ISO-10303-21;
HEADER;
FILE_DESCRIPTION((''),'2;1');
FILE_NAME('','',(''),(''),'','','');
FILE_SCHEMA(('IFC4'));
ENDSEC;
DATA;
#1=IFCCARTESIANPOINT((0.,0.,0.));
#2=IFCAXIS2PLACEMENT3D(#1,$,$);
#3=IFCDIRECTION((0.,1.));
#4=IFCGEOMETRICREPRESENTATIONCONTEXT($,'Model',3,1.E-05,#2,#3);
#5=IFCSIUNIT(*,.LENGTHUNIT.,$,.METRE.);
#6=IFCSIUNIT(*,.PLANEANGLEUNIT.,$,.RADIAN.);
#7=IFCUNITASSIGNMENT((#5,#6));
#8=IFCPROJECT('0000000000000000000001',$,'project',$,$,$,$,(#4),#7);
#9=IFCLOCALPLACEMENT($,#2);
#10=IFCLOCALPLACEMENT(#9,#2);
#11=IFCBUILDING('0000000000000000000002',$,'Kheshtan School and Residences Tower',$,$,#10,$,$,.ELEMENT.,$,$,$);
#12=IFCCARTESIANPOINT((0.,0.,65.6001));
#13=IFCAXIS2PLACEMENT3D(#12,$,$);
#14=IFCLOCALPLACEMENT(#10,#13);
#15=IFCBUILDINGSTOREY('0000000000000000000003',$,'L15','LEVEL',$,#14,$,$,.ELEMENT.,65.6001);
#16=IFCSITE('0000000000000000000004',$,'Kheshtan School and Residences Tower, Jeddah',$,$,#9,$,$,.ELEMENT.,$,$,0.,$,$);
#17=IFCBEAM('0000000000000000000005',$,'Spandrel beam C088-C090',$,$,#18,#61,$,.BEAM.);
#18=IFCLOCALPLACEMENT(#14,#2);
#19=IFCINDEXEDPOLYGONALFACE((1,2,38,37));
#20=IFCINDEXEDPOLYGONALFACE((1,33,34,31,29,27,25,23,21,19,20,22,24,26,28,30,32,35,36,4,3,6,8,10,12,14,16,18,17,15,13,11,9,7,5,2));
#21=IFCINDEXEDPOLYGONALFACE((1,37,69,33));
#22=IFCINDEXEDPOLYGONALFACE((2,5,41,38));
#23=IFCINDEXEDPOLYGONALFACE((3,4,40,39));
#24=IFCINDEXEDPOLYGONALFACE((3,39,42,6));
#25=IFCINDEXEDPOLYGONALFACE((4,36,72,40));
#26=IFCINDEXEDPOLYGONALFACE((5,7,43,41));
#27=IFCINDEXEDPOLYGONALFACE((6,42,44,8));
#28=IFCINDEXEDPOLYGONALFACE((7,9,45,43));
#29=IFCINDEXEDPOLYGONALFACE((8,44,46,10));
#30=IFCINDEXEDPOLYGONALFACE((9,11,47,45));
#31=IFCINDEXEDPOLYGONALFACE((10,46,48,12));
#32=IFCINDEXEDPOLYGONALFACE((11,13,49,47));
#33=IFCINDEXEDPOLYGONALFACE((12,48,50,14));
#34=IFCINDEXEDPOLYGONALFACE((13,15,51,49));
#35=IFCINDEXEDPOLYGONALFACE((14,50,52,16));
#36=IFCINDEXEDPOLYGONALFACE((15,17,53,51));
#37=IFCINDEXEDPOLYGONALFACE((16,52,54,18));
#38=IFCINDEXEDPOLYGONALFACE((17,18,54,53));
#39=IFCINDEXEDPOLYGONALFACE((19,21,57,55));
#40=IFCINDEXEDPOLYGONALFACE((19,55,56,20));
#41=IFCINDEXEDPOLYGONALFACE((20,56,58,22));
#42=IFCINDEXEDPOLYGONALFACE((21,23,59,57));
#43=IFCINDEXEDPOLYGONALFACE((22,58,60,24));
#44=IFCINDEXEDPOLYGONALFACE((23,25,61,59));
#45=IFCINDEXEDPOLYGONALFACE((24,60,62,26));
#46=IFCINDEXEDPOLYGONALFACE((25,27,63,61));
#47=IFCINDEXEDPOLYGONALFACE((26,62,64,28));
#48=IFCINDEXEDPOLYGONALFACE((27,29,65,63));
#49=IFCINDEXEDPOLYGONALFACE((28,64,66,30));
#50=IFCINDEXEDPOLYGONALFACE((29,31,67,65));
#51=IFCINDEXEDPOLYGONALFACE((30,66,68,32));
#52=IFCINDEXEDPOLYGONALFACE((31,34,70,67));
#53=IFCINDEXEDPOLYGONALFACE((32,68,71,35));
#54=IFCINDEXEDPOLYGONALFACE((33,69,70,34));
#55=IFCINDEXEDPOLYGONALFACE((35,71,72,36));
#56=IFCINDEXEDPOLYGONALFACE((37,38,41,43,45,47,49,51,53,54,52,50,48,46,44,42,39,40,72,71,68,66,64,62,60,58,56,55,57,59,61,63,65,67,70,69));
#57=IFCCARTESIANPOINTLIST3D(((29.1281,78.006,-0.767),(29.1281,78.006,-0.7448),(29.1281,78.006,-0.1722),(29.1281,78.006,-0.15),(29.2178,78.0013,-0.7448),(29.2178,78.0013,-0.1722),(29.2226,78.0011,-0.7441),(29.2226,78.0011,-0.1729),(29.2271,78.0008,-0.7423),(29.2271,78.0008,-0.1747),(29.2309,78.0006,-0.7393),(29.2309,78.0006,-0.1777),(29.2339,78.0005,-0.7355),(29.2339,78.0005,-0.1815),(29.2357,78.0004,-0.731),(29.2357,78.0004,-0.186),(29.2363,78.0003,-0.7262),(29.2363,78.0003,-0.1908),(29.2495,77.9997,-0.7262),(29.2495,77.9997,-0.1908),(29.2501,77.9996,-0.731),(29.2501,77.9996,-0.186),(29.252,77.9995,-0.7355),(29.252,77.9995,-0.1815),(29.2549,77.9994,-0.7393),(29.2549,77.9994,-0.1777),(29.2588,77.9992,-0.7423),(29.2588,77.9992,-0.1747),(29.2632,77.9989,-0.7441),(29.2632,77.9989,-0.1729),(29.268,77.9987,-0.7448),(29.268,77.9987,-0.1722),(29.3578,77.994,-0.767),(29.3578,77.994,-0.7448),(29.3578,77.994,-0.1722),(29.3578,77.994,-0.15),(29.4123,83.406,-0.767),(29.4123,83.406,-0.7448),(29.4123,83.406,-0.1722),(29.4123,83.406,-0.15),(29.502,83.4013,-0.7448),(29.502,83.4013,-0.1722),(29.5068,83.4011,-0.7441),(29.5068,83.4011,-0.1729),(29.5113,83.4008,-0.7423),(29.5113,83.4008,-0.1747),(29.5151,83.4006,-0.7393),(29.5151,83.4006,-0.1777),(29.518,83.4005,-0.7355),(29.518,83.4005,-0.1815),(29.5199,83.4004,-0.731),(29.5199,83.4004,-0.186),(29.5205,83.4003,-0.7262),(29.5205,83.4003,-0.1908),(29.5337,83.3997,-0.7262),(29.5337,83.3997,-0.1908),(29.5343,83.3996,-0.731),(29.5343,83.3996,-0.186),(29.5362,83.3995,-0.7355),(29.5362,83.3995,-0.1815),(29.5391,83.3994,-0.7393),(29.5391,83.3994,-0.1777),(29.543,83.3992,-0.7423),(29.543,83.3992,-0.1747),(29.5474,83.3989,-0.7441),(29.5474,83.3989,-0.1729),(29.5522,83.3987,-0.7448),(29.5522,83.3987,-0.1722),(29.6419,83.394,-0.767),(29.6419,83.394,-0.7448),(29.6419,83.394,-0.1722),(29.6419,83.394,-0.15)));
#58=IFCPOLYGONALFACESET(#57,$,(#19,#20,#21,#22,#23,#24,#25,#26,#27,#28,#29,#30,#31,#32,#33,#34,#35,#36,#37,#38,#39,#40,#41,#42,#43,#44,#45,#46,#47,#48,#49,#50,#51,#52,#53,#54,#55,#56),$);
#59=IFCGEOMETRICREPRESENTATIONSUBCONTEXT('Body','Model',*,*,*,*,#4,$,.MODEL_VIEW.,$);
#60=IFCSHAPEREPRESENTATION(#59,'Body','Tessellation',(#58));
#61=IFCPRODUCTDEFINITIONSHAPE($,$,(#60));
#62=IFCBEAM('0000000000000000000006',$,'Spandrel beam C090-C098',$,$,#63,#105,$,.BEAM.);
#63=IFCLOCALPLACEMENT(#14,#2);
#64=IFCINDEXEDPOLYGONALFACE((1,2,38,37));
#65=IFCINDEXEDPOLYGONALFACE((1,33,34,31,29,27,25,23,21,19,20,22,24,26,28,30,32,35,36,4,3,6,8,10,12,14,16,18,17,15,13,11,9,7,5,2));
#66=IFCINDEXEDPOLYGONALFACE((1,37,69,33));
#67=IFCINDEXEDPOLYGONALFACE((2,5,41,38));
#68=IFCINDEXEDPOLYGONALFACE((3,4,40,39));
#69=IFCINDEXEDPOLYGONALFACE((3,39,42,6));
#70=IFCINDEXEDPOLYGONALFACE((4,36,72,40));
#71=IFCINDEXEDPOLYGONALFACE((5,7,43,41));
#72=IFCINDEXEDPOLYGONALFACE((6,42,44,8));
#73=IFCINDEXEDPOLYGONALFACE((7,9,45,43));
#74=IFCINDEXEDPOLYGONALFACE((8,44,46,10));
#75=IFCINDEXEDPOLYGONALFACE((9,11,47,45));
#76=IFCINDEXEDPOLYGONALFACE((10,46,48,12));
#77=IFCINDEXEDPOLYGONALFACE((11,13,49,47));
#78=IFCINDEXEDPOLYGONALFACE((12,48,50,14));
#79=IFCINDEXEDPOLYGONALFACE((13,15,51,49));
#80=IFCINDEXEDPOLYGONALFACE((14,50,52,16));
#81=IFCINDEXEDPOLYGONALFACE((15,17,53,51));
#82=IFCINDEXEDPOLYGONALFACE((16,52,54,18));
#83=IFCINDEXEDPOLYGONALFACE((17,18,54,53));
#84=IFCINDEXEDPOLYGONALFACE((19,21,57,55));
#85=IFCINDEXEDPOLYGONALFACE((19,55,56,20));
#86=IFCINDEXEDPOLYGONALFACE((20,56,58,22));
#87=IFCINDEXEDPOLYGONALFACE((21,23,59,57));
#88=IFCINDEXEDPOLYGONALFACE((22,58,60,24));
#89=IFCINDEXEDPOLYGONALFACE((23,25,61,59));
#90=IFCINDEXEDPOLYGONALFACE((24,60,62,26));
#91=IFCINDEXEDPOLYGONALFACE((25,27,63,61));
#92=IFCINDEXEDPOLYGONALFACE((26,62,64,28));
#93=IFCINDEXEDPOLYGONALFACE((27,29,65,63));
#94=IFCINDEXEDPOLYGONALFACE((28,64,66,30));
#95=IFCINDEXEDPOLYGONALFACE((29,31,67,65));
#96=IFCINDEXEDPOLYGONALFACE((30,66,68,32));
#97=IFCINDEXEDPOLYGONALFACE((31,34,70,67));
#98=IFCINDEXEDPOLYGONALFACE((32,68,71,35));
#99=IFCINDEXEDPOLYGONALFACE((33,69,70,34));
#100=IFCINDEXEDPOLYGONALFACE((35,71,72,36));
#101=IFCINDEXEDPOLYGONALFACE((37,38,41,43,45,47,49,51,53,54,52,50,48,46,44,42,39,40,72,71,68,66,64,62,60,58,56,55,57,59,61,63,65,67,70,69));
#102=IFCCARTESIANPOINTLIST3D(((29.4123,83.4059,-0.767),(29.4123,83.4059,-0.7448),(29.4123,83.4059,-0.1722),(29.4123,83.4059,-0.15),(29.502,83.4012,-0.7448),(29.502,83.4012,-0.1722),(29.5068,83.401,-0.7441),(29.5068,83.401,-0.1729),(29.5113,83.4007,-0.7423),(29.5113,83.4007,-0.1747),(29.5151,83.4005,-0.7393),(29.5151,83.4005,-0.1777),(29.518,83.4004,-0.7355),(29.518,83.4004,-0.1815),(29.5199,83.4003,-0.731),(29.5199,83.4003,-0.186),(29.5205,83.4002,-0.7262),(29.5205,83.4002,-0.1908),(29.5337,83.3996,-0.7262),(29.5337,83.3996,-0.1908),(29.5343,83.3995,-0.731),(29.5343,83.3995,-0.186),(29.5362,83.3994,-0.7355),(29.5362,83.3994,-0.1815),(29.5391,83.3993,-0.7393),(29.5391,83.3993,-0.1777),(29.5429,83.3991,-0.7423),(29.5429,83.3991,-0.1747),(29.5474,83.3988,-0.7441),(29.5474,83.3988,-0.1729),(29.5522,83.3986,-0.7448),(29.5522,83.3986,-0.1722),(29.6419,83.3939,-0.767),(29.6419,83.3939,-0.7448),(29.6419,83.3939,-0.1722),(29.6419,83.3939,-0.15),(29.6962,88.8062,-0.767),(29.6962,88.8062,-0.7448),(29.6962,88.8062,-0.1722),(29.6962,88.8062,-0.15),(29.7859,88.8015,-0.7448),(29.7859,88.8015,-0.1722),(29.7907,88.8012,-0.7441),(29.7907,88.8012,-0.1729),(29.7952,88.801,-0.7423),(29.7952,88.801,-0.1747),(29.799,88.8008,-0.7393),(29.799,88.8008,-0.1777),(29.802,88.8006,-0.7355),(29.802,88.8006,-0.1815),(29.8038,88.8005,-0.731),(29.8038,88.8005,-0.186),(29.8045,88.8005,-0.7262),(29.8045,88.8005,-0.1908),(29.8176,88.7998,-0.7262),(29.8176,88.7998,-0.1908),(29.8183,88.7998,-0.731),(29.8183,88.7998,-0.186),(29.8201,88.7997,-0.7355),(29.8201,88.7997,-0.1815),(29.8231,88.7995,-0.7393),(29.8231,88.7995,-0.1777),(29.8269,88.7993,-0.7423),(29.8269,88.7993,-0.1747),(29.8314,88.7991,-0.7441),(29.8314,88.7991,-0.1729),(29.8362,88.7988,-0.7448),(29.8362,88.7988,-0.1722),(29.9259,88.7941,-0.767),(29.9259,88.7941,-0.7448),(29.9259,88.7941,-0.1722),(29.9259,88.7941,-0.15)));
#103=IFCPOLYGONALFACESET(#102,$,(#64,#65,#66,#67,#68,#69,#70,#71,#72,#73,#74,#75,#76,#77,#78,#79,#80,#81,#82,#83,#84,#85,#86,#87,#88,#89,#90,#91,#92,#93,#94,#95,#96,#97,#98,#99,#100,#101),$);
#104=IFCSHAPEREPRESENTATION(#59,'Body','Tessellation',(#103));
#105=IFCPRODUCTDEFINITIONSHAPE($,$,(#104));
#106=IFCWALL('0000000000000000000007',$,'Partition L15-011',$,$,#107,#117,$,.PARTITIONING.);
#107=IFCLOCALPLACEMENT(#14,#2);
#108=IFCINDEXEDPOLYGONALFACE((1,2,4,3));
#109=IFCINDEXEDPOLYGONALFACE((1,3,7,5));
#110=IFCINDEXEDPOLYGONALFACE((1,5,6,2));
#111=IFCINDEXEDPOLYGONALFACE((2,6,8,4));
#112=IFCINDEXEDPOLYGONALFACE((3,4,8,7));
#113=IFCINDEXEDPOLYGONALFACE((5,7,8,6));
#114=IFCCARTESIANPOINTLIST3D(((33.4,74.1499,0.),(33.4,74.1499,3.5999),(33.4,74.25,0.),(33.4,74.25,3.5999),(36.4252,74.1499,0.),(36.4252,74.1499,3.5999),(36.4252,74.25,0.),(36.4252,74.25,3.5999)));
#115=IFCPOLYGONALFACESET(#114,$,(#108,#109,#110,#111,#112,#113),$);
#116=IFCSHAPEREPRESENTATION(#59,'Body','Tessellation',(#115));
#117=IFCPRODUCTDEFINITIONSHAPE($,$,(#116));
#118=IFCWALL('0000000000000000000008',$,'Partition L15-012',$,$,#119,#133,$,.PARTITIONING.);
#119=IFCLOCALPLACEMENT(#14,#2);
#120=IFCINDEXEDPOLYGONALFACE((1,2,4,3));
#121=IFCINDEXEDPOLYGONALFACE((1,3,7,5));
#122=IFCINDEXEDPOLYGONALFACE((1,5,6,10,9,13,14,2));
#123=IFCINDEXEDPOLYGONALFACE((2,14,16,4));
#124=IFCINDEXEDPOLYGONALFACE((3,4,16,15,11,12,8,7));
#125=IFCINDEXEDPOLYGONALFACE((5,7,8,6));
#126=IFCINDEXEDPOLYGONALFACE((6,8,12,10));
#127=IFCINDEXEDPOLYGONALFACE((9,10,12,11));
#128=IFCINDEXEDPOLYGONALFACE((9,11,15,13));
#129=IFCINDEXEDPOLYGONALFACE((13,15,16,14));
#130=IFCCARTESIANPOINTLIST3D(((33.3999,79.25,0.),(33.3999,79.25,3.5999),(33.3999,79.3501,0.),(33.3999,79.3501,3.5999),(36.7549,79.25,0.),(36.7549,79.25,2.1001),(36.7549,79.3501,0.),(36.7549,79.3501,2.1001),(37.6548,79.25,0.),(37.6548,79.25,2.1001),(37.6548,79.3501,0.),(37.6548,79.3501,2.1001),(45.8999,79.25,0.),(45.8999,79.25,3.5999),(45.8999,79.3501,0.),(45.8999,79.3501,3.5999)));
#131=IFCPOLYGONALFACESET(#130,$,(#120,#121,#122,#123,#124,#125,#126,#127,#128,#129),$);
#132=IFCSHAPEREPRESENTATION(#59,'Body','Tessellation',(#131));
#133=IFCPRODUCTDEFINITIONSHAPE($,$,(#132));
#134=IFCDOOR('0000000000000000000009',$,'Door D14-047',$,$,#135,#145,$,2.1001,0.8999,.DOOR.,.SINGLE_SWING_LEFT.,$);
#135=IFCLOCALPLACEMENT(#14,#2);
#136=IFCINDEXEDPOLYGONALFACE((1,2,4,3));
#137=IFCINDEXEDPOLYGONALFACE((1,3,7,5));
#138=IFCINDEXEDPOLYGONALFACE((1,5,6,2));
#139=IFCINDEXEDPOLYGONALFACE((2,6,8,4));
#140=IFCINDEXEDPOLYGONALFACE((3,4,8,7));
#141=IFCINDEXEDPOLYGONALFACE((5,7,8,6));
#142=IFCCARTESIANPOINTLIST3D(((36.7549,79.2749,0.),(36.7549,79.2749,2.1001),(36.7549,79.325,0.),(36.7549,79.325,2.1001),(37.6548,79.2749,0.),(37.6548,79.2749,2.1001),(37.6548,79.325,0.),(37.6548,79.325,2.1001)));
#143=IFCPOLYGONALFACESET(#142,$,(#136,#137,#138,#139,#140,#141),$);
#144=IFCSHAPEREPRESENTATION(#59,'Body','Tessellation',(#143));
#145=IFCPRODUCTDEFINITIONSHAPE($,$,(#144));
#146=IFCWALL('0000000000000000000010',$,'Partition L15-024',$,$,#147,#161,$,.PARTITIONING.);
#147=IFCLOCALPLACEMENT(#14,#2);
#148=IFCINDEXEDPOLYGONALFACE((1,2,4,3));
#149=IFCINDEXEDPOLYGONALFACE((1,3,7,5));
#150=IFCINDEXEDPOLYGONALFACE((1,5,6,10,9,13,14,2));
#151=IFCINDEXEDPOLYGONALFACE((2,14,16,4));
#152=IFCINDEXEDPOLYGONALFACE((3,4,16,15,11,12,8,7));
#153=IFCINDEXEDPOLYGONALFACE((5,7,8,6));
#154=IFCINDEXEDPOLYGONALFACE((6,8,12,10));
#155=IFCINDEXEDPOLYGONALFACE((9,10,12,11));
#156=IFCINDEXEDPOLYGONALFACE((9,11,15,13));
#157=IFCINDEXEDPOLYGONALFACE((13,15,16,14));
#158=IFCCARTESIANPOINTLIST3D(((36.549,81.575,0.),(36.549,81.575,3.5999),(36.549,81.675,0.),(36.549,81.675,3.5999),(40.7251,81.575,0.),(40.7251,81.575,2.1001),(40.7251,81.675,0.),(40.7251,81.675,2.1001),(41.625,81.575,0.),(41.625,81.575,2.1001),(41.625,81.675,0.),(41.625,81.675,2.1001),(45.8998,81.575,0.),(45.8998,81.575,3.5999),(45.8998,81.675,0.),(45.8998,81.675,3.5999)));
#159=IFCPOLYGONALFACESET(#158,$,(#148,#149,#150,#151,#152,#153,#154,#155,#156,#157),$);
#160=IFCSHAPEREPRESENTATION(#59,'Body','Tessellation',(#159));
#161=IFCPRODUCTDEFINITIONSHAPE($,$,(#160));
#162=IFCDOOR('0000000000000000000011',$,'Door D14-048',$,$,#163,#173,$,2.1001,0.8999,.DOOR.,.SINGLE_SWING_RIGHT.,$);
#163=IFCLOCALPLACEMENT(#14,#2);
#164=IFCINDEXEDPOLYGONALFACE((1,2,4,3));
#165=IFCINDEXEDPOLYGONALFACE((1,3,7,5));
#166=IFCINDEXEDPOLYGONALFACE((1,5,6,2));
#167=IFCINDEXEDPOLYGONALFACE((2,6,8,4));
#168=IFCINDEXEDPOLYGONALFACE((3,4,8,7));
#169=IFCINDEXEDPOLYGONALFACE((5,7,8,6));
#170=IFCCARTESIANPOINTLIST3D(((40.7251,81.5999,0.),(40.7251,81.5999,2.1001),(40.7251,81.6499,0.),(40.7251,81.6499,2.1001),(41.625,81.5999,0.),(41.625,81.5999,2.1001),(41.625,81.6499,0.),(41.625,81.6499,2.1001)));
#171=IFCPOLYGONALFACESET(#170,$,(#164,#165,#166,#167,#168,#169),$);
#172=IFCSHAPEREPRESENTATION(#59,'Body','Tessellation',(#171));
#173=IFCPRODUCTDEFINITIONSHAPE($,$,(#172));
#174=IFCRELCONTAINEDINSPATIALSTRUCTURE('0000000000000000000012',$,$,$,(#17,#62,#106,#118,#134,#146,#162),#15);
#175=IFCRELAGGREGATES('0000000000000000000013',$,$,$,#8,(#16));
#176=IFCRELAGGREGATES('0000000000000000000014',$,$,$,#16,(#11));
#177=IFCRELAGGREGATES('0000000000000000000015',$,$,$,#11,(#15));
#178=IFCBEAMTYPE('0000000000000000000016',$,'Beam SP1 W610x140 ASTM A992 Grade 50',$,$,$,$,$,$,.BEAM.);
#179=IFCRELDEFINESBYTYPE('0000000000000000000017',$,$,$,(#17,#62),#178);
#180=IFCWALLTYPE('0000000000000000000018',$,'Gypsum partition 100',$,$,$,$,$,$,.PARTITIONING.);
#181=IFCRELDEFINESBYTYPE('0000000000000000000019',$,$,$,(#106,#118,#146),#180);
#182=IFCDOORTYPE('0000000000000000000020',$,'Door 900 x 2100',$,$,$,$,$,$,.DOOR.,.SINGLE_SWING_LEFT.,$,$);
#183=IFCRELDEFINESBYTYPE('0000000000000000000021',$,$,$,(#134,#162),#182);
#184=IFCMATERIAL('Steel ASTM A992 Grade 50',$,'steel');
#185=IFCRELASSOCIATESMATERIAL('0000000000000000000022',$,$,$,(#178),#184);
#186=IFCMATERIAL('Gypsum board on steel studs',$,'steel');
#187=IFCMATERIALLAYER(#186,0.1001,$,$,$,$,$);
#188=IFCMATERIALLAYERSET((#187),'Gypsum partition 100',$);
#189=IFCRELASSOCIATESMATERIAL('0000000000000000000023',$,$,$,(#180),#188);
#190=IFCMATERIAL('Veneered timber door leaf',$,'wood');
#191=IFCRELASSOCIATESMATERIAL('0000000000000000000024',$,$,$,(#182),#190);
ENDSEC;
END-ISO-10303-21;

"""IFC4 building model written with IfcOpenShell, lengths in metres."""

from ifc_helpers import new_model, si_unit, direction, frame, frame_2d, origin, origin_2d, place, context, subcontext, project, spatial, rectangle, i_section, extrude, source, transform, mapped, material, layer, layer_set, material_profile, profile_set, type_object, element, fill, save


model = new_model("IFC4")

# Units and contexts
model_context = context("Model", 3, precision=1e-05, world=origin(), true_north=direction((0.0, 1.0)))
body_context = subcontext(model_context, "Body", "Model", "MODEL_VIEW")
ifc_project = project(units=[si_unit("LENGTHUNIT", "METRE"), si_unit("PLANEANGLEUNIT", "RADIAN")], contexts=[model_context])

# Site, building, storey
site_placement = place(None, origin())
site = spatial("IfcSite", under=ifc_project, at=site_placement, Name="Kheshtan School and Residences Tower, Jeddah", CompositionType="ELEMENT", RefElevation=0.0)
building_placement = place(site_placement, origin())
building = spatial("IfcBuilding", under=site, at=building_placement, Name="Kheshtan School and Residences Tower", CompositionType="ELEMENT")
storey_placement = place(building_placement, frame((0.0, 0.0, 65.6001)))
storey = spatial("IfcBuildingStorey", under=building, at=storey_placement, Name="L15", Description="LEVEL", CompositionType="ELEMENT", Elevation=65.6001)

# Shared definitions
ifc_material_1 = material(Name="Steel ASTM A992 Grade 50", Category="steel")

# Beams
ifc_material_profile_1 = material_profile(ifc_material_1, i_section(OverallWidth=0.23, OverallDepth=0.6169, WebThickness=0.0132, FlangeThickness=0.0222, FilletRadius=0.0186, at=origin_2d()), Name="W610x140")
ifc_profile_set_1 = profile_set([ifc_material_profile_1], Name="Steel ASTM A992 Grade 50")
beam_type_1 = type_object("IfcBeamType", Name="Beam SP1 W610x140 ASTM A992 Grade 50", PredefinedType="BEAM", material=ifc_profile_set_1)
for number, where, z_axis, x_axis, name in (
    (1, (29.2429, 78.0, -0.4585), (0.052554, 0.998618, 0.0), (-0.998618, 0.052554, 0.0), "Spandrel beam C088-C090"),
):
    element("IfcBeam", number, at=place(storey_placement, frame(where, z_axis=z_axis, x_axis=x_axis)), inside=storey, type_object=beam_type_1, Name=name, PredefinedType="BEAM", context=body_context, shape_type="SweptSolid", body=[
        extrude(i_section(OverallWidth=0.23, OverallDepth=0.6169, WebThickness=0.0132, FlangeThickness=0.0222, FilletRadius=0.0186, at=origin_2d()), origin(), (0.0, 0.0, 1.0), 5.4075),
    ])
beam_1_placement = place(storey_placement, frame((29.5271, 83.3999, -0.4585), z_axis=(0.052507, 0.998621, 0.0), x_axis=(-0.998621, 0.052507, 0.0)))
element("IfcBeam", 2, at=beam_1_placement, inside=storey, type_object=beam_type_1, Name="Spandrel beam C090-C098", PredefinedType="BEAM", context=body_context, shape_type="SweptSolid", body=[
    extrude(i_section(OverallWidth=0.23, OverallDepth=0.6169, WebThickness=0.0132, FlangeThickness=0.0222, FilletRadius=0.0186, at=origin_2d()), origin(), (0.0, 0.0, 1.0), 5.4077),
])

# Wall
ifc_material_2 = material(Name="Gypsum board on steel studs", Category="steel")
ifc_layer_1 = layer(ifc_material_2, 0.1001)
ifc_layer_set_1 = layer_set([ifc_layer_1], Name="Gypsum partition 100")
wall_type_1 = type_object("IfcWallType", Name="Gypsum partition 100", PredefinedType="PARTITIONING", material=ifc_layer_set_1)
wall_1_placement = place(storey_placement, frame((33.3999, 74.2, 0.0), z_axis=(0.0, 0.0, 1.0), x_axis=(1.0, 0.0, 0.0)))
element("IfcWall", 3, at=wall_1_placement, inside=storey, type_object=wall_type_1, Name="Partition L15-011", PredefinedType="PARTITIONING", context=body_context, shape_type="SweptSolid", body=[
    extrude(rectangle(XDim=3.0251, YDim=0.1001, at=frame_2d((1.5127, 0.0))), origin(), (0.0, 0.0, 1.0), 3.5999),
])

# Walls, openings, doors
wall_2_placement = place(storey_placement, frame((33.3999, 79.3, 0.0), z_axis=(0.0, 0.0, 1.0), x_axis=(1.0, 0.0, 0.0)))
wall_2 = element("IfcWall", 4, at=wall_2_placement, inside=storey, type_object=wall_type_1, Name="Partition L15-012", PredefinedType="PARTITIONING", context=body_context, shape_type="SweptSolid", body=[
    extrude(rectangle(XDim=12.5, YDim=0.1001, at=frame_2d((6.25, 0.0))), origin(), (0.0, 0.0, 1.0), 3.5999),
])
opening_1_placement = place(wall_2_placement, frame((3.355, 0.0, 0.0)))
opening_1 = element("IfcOpeningElement", 5, at=opening_1_placement, cuts=wall_2, PredefinedType="OPENING", context=body_context, shape_type="SweptSolid", body=[
    extrude(rectangle(XDim=0.8999, YDim=2.1001, at=frame_2d((0.45, 1.05))), frame((0.0, 0.0601, 0.0), z_axis=(0.0, -1.0, 0.0), x_axis=(1.0, 0.0, 0.0)), (0.0, 0.0, 1.0), 0.1201),
])
ifc_material_3 = material(Name="Veneered timber door leaf", Category="wood")
door_type_1 = type_object("IfcDoorType", Name="Door 900 x 2100", OperationType="SINGLE_SWING_LEFT", PredefinedType="DOOR", material=ifc_material_3)
shared_shape_1 = source(origin(), body_context, "Body", "SweptSolid", [
    extrude(rectangle(XDim=0.8999, YDim=2.1001, at=frame_2d((0.45, 1.05))), frame((0.0, 0.0249, 0.0), z_axis=(0.0, -1.0, 0.0), x_axis=(1.0, 0.0, 0.0)), (0.0, 0.0, 1.0), 0.05),
])
door_1_placement = place(opening_1_placement, origin())
door_1 = element("IfcDoor", 6, at=door_1_placement, inside=storey, type_object=door_type_1, Name="Door D14-047", OperationType="SINGLE_SWING_LEFT", OverallHeight=2.1001, OverallWidth=0.8999, PredefinedType="DOOR", context=body_context, shape_type="MappedRepresentation", body=[
    mapped(shared_shape_1, transform((0.0, 0.0, 0.0), x_axis=(1.0, 0.0, 0.0), y_axis=(0.0, 1.0, 0.0), z_axis=(0.0, 0.0, 1.0), scale=1.0)),
])
fill(opening_1, door_1)
wall_3_placement = place(storey_placement, frame((36.5491, 81.625, 0.0), z_axis=(0.0, 0.0, 1.0), x_axis=(1.0, 0.0, 0.0)))
wall_3 = element("IfcWall", 7, at=wall_3_placement, inside=storey, type_object=wall_type_1, Name="Partition L15-024", PredefinedType="PARTITIONING", context=body_context, shape_type="SweptSolid", body=[
    extrude(rectangle(XDim=9.3508, YDim=0.1001, at=frame_2d((4.6753, 0.0))), origin(), (0.0, 0.0, 1.0), 3.5999),
])
opening_2_placement = place(wall_3_placement, frame((4.176, 0.0, 0.0)))
opening_2 = element("IfcOpeningElement", 8, at=opening_2_placement, cuts=wall_3, PredefinedType="OPENING", context=body_context, shape_type="SweptSolid", body=[
    extrude(rectangle(XDim=0.8999, YDim=2.1001, at=frame_2d((0.45, 1.05))), frame((0.0, 0.0601, 0.0), z_axis=(0.0, -1.0, 0.0), x_axis=(1.0, 0.0, 0.0)), (0.0, 0.0, 1.0), 0.1201),
])
door_2_placement = place(opening_2_placement, origin())
door_2 = element("IfcDoor", 9, at=door_2_placement, inside=storey, type_object=door_type_1, Name="Door D14-048", OperationType="SINGLE_SWING_RIGHT", OverallHeight=2.1001, OverallWidth=0.8999, PredefinedType="DOOR", context=body_context, shape_type="MappedRepresentation", body=[
    mapped(shared_shape_1, transform((0.0, 0.0, 0.0), x_axis=(1.0, 0.0, 0.0), y_axis=(0.0, 1.0, 0.0), z_axis=(0.0, 0.0, 1.0), scale=1.0)),
])
fill(opening_2, door_2)

save(model, "model.ifc")
